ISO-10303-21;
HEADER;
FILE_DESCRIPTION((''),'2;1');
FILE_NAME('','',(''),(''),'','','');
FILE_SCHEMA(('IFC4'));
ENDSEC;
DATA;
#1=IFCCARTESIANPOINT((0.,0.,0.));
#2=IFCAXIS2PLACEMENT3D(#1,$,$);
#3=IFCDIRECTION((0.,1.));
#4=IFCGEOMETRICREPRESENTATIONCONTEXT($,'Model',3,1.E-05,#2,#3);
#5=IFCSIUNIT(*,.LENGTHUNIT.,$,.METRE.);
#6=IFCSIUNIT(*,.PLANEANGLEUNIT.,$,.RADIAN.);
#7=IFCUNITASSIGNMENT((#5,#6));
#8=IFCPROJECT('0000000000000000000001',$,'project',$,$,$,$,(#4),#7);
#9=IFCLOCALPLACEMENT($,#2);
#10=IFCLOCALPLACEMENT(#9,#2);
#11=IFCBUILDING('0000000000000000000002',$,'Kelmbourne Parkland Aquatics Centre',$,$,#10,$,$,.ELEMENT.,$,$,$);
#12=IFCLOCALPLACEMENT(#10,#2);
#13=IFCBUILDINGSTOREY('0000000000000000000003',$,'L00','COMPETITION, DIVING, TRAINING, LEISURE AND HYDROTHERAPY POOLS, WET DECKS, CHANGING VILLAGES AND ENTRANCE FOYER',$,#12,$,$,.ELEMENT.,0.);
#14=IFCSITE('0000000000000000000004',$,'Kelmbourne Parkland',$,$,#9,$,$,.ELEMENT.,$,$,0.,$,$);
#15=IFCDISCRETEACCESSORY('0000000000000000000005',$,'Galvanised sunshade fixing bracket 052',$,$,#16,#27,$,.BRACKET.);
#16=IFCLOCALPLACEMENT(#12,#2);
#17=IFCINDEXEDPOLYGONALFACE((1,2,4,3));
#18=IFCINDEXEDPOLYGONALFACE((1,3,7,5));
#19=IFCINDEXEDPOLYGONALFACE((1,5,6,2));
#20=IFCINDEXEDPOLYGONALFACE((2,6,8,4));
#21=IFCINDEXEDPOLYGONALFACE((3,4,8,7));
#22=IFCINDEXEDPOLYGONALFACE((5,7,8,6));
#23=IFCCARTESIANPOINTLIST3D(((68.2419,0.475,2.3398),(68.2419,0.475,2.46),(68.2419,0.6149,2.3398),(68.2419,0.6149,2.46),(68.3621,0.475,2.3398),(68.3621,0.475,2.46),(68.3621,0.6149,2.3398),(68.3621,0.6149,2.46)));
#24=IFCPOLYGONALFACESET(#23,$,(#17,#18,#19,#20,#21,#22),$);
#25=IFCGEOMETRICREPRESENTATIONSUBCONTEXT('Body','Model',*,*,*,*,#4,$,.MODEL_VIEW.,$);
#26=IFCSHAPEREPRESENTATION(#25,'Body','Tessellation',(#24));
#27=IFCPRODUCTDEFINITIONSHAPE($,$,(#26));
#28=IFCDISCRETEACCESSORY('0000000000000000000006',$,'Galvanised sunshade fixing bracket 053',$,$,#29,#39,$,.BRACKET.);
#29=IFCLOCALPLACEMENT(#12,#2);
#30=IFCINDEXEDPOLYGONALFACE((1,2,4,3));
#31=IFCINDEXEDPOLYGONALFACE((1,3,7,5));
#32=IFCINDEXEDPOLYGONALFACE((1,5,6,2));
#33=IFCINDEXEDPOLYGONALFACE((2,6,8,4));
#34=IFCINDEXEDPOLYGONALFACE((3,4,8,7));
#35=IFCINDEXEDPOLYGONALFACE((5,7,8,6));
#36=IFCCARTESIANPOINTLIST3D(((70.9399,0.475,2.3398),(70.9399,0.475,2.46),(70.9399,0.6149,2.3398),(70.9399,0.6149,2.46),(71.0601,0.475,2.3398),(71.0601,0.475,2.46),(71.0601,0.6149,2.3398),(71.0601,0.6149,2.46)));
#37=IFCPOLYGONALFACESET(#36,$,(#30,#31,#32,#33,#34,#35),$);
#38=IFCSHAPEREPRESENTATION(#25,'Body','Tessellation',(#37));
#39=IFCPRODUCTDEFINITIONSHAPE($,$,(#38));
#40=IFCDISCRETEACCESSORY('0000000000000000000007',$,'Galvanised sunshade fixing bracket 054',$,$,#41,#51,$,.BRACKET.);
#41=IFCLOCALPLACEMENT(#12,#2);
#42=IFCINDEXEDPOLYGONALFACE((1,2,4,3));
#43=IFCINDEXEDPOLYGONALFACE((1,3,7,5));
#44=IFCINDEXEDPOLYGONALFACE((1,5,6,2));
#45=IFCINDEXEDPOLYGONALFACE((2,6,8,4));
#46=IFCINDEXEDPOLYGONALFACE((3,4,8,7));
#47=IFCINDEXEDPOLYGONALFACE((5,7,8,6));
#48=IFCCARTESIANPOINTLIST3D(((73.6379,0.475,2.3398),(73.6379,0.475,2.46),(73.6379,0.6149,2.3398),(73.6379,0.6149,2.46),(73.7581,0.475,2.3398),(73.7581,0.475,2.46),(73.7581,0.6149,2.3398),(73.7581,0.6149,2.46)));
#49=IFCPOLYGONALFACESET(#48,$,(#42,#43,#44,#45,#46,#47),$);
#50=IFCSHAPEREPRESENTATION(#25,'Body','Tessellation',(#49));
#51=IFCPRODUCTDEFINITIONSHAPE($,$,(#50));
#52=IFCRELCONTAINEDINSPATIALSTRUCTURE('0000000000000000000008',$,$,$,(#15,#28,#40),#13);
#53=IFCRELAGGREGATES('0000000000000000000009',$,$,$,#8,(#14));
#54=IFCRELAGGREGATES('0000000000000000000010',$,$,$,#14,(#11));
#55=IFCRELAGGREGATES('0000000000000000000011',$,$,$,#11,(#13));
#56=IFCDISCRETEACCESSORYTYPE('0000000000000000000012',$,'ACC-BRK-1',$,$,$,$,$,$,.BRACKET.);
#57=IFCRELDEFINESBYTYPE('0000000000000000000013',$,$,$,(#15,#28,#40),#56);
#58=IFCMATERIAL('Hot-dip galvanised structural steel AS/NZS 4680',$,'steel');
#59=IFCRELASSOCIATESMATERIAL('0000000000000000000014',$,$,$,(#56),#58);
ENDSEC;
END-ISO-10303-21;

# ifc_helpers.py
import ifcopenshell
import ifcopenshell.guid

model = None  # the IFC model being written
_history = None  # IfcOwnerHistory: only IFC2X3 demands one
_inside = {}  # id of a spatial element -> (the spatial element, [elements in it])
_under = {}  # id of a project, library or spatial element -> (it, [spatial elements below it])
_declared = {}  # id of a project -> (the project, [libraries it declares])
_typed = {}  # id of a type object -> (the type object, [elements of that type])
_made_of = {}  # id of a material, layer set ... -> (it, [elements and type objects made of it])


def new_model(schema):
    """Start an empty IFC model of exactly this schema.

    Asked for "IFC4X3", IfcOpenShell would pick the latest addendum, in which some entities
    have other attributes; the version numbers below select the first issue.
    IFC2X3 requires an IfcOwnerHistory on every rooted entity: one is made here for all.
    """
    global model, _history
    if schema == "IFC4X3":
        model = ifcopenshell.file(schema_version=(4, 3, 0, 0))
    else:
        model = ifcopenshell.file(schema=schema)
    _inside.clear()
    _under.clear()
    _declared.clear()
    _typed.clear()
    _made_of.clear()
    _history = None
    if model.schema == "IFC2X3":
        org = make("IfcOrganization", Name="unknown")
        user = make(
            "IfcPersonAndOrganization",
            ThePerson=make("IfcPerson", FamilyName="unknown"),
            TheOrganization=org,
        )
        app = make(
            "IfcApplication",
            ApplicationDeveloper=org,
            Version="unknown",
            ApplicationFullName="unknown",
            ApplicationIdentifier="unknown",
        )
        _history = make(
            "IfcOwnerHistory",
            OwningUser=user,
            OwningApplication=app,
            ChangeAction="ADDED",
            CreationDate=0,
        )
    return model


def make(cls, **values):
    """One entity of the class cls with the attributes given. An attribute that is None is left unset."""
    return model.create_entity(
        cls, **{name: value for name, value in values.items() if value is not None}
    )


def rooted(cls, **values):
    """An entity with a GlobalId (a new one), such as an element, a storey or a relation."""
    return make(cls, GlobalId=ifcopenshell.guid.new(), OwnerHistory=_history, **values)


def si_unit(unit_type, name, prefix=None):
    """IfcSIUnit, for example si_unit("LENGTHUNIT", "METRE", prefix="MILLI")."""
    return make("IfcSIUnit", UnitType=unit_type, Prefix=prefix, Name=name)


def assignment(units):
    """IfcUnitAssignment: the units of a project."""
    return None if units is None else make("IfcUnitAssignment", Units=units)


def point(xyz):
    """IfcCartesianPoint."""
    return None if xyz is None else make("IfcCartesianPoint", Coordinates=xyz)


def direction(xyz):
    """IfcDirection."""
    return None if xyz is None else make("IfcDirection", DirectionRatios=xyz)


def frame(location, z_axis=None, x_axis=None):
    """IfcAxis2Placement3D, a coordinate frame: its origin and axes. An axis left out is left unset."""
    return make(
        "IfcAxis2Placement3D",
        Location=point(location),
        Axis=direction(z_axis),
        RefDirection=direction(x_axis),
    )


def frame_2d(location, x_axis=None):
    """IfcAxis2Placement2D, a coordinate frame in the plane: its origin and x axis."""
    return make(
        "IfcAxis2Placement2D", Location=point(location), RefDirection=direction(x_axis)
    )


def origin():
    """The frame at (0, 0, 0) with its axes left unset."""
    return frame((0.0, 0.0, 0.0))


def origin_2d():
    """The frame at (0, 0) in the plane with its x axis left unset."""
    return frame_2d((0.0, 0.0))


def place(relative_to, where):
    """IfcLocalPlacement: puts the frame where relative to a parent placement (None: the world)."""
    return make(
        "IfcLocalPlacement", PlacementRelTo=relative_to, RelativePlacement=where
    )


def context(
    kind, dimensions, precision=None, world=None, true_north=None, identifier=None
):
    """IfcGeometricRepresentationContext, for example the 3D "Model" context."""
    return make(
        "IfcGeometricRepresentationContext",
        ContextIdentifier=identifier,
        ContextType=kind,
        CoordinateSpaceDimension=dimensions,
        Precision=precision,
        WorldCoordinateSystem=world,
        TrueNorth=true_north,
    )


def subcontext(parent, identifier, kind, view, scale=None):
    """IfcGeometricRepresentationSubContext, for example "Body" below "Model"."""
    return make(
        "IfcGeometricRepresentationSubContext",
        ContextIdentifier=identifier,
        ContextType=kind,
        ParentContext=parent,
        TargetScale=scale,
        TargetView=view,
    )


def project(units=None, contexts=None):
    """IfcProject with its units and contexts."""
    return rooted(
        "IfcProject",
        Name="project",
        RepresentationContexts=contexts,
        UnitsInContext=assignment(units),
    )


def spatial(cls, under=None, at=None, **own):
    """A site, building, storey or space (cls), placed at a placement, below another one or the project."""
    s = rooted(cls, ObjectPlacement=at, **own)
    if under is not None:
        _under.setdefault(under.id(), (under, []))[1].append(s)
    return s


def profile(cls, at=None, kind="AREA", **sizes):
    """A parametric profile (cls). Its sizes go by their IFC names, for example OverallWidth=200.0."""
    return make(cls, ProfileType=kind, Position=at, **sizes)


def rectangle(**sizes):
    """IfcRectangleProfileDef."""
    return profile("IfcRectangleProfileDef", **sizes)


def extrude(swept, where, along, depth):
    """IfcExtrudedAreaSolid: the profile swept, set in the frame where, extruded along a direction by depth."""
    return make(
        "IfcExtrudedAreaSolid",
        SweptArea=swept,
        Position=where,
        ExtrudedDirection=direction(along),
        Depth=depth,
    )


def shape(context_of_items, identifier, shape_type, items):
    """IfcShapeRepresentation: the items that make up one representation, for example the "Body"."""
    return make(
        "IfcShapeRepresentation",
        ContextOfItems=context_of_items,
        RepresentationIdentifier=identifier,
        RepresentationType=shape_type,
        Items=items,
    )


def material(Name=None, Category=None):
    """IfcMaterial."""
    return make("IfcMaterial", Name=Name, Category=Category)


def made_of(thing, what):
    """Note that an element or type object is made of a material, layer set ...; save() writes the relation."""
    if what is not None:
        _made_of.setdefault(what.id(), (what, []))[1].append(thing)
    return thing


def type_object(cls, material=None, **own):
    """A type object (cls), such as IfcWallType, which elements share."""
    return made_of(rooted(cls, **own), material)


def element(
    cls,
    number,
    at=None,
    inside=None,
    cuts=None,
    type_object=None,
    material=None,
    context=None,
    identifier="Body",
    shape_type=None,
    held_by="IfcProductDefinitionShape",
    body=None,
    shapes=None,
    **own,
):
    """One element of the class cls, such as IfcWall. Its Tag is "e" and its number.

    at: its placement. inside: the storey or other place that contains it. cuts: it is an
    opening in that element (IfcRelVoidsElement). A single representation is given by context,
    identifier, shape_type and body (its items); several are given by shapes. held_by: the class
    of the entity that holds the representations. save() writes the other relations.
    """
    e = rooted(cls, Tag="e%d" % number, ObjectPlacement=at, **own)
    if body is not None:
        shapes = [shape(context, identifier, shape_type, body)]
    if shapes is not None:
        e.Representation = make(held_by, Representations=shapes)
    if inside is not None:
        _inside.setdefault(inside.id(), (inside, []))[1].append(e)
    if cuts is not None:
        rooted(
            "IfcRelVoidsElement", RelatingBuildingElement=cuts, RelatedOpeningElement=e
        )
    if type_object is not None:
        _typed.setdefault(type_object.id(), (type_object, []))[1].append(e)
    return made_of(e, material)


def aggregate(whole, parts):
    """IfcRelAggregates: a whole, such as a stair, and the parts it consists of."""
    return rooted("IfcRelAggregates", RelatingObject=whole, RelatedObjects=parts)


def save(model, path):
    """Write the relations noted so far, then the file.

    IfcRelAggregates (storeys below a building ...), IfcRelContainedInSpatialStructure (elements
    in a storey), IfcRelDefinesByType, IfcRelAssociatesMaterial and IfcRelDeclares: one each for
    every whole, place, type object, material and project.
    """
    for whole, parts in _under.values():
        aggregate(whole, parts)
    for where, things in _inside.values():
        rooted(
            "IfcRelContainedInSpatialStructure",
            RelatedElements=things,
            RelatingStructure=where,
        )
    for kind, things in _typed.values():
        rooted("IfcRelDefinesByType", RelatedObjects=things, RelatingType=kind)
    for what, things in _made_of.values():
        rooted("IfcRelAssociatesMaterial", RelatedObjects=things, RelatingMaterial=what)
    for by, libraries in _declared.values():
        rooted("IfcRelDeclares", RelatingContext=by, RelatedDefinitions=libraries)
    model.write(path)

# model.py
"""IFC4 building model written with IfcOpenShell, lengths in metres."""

from ifc_helpers import new_model, si_unit, direction, frame, origin, origin_2d, place, context, subcontext, project, spatial, rectangle, extrude, material, type_object, element, save


model = new_model("IFC4")

# Units and contexts
model_context = context("Model", 3, precision=1e-05, world=origin(), true_north=direction((0.0, 1.0)))
body_context = subcontext(model_context, "Body", "Model", "MODEL_VIEW")
ifc_project = project(units=[si_unit("LENGTHUNIT", "METRE"), si_unit("PLANEANGLEUNIT", "RADIAN")], contexts=[model_context])

# Site, building, storey
site_placement = place(None, origin())
site = spatial("IfcSite", under=ifc_project, at=site_placement, Name="Kelmbourne Parkland", CompositionType="ELEMENT", RefElevation=0.0)
building_placement = place(site_placement, origin())
building = spatial("IfcBuilding", under=site, at=building_placement, Name="Kelmbourne Parkland Aquatics Centre", CompositionType="ELEMENT")
storey_placement = place(building_placement, origin())
storey = spatial("IfcBuildingStorey", under=building, at=storey_placement, Name="L00", Description="COMPETITION, DIVING, TRAINING, LEISURE AND HYDROTHERAPY POOLS, WET DECKS, CHANGING VILLAGES AND ENTRANCE FOYER", CompositionType="ELEMENT", Elevation=0.0)

# Discrete accessories
ifc_material_1 = material(Name="Hot-dip galvanised structural steel AS/NZS 4680", Category="steel")
discrete_accessory_type = type_object("IfcDiscreteAccessoryType", Name="ACC-BRK-1", PredefinedType="BRACKET", material=ifc_material_1)
for number, where, z_axis, x_axis, name in (
    (1, (68.302, 0.5449, 2.3398), (0.0, 0.0, 1.0), (1.0, 0.0, 0.0), "Galvanised sunshade fixing bracket 052"),
    (2, (71.0, 0.5449, 2.3398), (0.0, 0.0, 1.0), (1.0, 0.0, 0.0), "Galvanised sunshade fixing bracket 053"),
    (3, (73.698, 0.5449, 2.3398), (0.0, 0.0, 1.0), (1.0, 0.0, 0.0), "Galvanised sunshade fixing bracket 054"),
):
    element("IfcDiscreteAccessory", number, at=place(storey_placement, frame(where, z_axis=z_axis, x_axis=x_axis)), inside=storey, type_object=discrete_accessory_type, Name=name, PredefinedType="BRACKET", context=body_context, shape_type="SweptSolid", body=[
        extrude(rectangle(XDim=0.1201, YDim=0.1399, at=origin_2d()), origin(), (0.0, 0.0, 1.0), 0.1201),
    ])

save(model, "model.ifc")
